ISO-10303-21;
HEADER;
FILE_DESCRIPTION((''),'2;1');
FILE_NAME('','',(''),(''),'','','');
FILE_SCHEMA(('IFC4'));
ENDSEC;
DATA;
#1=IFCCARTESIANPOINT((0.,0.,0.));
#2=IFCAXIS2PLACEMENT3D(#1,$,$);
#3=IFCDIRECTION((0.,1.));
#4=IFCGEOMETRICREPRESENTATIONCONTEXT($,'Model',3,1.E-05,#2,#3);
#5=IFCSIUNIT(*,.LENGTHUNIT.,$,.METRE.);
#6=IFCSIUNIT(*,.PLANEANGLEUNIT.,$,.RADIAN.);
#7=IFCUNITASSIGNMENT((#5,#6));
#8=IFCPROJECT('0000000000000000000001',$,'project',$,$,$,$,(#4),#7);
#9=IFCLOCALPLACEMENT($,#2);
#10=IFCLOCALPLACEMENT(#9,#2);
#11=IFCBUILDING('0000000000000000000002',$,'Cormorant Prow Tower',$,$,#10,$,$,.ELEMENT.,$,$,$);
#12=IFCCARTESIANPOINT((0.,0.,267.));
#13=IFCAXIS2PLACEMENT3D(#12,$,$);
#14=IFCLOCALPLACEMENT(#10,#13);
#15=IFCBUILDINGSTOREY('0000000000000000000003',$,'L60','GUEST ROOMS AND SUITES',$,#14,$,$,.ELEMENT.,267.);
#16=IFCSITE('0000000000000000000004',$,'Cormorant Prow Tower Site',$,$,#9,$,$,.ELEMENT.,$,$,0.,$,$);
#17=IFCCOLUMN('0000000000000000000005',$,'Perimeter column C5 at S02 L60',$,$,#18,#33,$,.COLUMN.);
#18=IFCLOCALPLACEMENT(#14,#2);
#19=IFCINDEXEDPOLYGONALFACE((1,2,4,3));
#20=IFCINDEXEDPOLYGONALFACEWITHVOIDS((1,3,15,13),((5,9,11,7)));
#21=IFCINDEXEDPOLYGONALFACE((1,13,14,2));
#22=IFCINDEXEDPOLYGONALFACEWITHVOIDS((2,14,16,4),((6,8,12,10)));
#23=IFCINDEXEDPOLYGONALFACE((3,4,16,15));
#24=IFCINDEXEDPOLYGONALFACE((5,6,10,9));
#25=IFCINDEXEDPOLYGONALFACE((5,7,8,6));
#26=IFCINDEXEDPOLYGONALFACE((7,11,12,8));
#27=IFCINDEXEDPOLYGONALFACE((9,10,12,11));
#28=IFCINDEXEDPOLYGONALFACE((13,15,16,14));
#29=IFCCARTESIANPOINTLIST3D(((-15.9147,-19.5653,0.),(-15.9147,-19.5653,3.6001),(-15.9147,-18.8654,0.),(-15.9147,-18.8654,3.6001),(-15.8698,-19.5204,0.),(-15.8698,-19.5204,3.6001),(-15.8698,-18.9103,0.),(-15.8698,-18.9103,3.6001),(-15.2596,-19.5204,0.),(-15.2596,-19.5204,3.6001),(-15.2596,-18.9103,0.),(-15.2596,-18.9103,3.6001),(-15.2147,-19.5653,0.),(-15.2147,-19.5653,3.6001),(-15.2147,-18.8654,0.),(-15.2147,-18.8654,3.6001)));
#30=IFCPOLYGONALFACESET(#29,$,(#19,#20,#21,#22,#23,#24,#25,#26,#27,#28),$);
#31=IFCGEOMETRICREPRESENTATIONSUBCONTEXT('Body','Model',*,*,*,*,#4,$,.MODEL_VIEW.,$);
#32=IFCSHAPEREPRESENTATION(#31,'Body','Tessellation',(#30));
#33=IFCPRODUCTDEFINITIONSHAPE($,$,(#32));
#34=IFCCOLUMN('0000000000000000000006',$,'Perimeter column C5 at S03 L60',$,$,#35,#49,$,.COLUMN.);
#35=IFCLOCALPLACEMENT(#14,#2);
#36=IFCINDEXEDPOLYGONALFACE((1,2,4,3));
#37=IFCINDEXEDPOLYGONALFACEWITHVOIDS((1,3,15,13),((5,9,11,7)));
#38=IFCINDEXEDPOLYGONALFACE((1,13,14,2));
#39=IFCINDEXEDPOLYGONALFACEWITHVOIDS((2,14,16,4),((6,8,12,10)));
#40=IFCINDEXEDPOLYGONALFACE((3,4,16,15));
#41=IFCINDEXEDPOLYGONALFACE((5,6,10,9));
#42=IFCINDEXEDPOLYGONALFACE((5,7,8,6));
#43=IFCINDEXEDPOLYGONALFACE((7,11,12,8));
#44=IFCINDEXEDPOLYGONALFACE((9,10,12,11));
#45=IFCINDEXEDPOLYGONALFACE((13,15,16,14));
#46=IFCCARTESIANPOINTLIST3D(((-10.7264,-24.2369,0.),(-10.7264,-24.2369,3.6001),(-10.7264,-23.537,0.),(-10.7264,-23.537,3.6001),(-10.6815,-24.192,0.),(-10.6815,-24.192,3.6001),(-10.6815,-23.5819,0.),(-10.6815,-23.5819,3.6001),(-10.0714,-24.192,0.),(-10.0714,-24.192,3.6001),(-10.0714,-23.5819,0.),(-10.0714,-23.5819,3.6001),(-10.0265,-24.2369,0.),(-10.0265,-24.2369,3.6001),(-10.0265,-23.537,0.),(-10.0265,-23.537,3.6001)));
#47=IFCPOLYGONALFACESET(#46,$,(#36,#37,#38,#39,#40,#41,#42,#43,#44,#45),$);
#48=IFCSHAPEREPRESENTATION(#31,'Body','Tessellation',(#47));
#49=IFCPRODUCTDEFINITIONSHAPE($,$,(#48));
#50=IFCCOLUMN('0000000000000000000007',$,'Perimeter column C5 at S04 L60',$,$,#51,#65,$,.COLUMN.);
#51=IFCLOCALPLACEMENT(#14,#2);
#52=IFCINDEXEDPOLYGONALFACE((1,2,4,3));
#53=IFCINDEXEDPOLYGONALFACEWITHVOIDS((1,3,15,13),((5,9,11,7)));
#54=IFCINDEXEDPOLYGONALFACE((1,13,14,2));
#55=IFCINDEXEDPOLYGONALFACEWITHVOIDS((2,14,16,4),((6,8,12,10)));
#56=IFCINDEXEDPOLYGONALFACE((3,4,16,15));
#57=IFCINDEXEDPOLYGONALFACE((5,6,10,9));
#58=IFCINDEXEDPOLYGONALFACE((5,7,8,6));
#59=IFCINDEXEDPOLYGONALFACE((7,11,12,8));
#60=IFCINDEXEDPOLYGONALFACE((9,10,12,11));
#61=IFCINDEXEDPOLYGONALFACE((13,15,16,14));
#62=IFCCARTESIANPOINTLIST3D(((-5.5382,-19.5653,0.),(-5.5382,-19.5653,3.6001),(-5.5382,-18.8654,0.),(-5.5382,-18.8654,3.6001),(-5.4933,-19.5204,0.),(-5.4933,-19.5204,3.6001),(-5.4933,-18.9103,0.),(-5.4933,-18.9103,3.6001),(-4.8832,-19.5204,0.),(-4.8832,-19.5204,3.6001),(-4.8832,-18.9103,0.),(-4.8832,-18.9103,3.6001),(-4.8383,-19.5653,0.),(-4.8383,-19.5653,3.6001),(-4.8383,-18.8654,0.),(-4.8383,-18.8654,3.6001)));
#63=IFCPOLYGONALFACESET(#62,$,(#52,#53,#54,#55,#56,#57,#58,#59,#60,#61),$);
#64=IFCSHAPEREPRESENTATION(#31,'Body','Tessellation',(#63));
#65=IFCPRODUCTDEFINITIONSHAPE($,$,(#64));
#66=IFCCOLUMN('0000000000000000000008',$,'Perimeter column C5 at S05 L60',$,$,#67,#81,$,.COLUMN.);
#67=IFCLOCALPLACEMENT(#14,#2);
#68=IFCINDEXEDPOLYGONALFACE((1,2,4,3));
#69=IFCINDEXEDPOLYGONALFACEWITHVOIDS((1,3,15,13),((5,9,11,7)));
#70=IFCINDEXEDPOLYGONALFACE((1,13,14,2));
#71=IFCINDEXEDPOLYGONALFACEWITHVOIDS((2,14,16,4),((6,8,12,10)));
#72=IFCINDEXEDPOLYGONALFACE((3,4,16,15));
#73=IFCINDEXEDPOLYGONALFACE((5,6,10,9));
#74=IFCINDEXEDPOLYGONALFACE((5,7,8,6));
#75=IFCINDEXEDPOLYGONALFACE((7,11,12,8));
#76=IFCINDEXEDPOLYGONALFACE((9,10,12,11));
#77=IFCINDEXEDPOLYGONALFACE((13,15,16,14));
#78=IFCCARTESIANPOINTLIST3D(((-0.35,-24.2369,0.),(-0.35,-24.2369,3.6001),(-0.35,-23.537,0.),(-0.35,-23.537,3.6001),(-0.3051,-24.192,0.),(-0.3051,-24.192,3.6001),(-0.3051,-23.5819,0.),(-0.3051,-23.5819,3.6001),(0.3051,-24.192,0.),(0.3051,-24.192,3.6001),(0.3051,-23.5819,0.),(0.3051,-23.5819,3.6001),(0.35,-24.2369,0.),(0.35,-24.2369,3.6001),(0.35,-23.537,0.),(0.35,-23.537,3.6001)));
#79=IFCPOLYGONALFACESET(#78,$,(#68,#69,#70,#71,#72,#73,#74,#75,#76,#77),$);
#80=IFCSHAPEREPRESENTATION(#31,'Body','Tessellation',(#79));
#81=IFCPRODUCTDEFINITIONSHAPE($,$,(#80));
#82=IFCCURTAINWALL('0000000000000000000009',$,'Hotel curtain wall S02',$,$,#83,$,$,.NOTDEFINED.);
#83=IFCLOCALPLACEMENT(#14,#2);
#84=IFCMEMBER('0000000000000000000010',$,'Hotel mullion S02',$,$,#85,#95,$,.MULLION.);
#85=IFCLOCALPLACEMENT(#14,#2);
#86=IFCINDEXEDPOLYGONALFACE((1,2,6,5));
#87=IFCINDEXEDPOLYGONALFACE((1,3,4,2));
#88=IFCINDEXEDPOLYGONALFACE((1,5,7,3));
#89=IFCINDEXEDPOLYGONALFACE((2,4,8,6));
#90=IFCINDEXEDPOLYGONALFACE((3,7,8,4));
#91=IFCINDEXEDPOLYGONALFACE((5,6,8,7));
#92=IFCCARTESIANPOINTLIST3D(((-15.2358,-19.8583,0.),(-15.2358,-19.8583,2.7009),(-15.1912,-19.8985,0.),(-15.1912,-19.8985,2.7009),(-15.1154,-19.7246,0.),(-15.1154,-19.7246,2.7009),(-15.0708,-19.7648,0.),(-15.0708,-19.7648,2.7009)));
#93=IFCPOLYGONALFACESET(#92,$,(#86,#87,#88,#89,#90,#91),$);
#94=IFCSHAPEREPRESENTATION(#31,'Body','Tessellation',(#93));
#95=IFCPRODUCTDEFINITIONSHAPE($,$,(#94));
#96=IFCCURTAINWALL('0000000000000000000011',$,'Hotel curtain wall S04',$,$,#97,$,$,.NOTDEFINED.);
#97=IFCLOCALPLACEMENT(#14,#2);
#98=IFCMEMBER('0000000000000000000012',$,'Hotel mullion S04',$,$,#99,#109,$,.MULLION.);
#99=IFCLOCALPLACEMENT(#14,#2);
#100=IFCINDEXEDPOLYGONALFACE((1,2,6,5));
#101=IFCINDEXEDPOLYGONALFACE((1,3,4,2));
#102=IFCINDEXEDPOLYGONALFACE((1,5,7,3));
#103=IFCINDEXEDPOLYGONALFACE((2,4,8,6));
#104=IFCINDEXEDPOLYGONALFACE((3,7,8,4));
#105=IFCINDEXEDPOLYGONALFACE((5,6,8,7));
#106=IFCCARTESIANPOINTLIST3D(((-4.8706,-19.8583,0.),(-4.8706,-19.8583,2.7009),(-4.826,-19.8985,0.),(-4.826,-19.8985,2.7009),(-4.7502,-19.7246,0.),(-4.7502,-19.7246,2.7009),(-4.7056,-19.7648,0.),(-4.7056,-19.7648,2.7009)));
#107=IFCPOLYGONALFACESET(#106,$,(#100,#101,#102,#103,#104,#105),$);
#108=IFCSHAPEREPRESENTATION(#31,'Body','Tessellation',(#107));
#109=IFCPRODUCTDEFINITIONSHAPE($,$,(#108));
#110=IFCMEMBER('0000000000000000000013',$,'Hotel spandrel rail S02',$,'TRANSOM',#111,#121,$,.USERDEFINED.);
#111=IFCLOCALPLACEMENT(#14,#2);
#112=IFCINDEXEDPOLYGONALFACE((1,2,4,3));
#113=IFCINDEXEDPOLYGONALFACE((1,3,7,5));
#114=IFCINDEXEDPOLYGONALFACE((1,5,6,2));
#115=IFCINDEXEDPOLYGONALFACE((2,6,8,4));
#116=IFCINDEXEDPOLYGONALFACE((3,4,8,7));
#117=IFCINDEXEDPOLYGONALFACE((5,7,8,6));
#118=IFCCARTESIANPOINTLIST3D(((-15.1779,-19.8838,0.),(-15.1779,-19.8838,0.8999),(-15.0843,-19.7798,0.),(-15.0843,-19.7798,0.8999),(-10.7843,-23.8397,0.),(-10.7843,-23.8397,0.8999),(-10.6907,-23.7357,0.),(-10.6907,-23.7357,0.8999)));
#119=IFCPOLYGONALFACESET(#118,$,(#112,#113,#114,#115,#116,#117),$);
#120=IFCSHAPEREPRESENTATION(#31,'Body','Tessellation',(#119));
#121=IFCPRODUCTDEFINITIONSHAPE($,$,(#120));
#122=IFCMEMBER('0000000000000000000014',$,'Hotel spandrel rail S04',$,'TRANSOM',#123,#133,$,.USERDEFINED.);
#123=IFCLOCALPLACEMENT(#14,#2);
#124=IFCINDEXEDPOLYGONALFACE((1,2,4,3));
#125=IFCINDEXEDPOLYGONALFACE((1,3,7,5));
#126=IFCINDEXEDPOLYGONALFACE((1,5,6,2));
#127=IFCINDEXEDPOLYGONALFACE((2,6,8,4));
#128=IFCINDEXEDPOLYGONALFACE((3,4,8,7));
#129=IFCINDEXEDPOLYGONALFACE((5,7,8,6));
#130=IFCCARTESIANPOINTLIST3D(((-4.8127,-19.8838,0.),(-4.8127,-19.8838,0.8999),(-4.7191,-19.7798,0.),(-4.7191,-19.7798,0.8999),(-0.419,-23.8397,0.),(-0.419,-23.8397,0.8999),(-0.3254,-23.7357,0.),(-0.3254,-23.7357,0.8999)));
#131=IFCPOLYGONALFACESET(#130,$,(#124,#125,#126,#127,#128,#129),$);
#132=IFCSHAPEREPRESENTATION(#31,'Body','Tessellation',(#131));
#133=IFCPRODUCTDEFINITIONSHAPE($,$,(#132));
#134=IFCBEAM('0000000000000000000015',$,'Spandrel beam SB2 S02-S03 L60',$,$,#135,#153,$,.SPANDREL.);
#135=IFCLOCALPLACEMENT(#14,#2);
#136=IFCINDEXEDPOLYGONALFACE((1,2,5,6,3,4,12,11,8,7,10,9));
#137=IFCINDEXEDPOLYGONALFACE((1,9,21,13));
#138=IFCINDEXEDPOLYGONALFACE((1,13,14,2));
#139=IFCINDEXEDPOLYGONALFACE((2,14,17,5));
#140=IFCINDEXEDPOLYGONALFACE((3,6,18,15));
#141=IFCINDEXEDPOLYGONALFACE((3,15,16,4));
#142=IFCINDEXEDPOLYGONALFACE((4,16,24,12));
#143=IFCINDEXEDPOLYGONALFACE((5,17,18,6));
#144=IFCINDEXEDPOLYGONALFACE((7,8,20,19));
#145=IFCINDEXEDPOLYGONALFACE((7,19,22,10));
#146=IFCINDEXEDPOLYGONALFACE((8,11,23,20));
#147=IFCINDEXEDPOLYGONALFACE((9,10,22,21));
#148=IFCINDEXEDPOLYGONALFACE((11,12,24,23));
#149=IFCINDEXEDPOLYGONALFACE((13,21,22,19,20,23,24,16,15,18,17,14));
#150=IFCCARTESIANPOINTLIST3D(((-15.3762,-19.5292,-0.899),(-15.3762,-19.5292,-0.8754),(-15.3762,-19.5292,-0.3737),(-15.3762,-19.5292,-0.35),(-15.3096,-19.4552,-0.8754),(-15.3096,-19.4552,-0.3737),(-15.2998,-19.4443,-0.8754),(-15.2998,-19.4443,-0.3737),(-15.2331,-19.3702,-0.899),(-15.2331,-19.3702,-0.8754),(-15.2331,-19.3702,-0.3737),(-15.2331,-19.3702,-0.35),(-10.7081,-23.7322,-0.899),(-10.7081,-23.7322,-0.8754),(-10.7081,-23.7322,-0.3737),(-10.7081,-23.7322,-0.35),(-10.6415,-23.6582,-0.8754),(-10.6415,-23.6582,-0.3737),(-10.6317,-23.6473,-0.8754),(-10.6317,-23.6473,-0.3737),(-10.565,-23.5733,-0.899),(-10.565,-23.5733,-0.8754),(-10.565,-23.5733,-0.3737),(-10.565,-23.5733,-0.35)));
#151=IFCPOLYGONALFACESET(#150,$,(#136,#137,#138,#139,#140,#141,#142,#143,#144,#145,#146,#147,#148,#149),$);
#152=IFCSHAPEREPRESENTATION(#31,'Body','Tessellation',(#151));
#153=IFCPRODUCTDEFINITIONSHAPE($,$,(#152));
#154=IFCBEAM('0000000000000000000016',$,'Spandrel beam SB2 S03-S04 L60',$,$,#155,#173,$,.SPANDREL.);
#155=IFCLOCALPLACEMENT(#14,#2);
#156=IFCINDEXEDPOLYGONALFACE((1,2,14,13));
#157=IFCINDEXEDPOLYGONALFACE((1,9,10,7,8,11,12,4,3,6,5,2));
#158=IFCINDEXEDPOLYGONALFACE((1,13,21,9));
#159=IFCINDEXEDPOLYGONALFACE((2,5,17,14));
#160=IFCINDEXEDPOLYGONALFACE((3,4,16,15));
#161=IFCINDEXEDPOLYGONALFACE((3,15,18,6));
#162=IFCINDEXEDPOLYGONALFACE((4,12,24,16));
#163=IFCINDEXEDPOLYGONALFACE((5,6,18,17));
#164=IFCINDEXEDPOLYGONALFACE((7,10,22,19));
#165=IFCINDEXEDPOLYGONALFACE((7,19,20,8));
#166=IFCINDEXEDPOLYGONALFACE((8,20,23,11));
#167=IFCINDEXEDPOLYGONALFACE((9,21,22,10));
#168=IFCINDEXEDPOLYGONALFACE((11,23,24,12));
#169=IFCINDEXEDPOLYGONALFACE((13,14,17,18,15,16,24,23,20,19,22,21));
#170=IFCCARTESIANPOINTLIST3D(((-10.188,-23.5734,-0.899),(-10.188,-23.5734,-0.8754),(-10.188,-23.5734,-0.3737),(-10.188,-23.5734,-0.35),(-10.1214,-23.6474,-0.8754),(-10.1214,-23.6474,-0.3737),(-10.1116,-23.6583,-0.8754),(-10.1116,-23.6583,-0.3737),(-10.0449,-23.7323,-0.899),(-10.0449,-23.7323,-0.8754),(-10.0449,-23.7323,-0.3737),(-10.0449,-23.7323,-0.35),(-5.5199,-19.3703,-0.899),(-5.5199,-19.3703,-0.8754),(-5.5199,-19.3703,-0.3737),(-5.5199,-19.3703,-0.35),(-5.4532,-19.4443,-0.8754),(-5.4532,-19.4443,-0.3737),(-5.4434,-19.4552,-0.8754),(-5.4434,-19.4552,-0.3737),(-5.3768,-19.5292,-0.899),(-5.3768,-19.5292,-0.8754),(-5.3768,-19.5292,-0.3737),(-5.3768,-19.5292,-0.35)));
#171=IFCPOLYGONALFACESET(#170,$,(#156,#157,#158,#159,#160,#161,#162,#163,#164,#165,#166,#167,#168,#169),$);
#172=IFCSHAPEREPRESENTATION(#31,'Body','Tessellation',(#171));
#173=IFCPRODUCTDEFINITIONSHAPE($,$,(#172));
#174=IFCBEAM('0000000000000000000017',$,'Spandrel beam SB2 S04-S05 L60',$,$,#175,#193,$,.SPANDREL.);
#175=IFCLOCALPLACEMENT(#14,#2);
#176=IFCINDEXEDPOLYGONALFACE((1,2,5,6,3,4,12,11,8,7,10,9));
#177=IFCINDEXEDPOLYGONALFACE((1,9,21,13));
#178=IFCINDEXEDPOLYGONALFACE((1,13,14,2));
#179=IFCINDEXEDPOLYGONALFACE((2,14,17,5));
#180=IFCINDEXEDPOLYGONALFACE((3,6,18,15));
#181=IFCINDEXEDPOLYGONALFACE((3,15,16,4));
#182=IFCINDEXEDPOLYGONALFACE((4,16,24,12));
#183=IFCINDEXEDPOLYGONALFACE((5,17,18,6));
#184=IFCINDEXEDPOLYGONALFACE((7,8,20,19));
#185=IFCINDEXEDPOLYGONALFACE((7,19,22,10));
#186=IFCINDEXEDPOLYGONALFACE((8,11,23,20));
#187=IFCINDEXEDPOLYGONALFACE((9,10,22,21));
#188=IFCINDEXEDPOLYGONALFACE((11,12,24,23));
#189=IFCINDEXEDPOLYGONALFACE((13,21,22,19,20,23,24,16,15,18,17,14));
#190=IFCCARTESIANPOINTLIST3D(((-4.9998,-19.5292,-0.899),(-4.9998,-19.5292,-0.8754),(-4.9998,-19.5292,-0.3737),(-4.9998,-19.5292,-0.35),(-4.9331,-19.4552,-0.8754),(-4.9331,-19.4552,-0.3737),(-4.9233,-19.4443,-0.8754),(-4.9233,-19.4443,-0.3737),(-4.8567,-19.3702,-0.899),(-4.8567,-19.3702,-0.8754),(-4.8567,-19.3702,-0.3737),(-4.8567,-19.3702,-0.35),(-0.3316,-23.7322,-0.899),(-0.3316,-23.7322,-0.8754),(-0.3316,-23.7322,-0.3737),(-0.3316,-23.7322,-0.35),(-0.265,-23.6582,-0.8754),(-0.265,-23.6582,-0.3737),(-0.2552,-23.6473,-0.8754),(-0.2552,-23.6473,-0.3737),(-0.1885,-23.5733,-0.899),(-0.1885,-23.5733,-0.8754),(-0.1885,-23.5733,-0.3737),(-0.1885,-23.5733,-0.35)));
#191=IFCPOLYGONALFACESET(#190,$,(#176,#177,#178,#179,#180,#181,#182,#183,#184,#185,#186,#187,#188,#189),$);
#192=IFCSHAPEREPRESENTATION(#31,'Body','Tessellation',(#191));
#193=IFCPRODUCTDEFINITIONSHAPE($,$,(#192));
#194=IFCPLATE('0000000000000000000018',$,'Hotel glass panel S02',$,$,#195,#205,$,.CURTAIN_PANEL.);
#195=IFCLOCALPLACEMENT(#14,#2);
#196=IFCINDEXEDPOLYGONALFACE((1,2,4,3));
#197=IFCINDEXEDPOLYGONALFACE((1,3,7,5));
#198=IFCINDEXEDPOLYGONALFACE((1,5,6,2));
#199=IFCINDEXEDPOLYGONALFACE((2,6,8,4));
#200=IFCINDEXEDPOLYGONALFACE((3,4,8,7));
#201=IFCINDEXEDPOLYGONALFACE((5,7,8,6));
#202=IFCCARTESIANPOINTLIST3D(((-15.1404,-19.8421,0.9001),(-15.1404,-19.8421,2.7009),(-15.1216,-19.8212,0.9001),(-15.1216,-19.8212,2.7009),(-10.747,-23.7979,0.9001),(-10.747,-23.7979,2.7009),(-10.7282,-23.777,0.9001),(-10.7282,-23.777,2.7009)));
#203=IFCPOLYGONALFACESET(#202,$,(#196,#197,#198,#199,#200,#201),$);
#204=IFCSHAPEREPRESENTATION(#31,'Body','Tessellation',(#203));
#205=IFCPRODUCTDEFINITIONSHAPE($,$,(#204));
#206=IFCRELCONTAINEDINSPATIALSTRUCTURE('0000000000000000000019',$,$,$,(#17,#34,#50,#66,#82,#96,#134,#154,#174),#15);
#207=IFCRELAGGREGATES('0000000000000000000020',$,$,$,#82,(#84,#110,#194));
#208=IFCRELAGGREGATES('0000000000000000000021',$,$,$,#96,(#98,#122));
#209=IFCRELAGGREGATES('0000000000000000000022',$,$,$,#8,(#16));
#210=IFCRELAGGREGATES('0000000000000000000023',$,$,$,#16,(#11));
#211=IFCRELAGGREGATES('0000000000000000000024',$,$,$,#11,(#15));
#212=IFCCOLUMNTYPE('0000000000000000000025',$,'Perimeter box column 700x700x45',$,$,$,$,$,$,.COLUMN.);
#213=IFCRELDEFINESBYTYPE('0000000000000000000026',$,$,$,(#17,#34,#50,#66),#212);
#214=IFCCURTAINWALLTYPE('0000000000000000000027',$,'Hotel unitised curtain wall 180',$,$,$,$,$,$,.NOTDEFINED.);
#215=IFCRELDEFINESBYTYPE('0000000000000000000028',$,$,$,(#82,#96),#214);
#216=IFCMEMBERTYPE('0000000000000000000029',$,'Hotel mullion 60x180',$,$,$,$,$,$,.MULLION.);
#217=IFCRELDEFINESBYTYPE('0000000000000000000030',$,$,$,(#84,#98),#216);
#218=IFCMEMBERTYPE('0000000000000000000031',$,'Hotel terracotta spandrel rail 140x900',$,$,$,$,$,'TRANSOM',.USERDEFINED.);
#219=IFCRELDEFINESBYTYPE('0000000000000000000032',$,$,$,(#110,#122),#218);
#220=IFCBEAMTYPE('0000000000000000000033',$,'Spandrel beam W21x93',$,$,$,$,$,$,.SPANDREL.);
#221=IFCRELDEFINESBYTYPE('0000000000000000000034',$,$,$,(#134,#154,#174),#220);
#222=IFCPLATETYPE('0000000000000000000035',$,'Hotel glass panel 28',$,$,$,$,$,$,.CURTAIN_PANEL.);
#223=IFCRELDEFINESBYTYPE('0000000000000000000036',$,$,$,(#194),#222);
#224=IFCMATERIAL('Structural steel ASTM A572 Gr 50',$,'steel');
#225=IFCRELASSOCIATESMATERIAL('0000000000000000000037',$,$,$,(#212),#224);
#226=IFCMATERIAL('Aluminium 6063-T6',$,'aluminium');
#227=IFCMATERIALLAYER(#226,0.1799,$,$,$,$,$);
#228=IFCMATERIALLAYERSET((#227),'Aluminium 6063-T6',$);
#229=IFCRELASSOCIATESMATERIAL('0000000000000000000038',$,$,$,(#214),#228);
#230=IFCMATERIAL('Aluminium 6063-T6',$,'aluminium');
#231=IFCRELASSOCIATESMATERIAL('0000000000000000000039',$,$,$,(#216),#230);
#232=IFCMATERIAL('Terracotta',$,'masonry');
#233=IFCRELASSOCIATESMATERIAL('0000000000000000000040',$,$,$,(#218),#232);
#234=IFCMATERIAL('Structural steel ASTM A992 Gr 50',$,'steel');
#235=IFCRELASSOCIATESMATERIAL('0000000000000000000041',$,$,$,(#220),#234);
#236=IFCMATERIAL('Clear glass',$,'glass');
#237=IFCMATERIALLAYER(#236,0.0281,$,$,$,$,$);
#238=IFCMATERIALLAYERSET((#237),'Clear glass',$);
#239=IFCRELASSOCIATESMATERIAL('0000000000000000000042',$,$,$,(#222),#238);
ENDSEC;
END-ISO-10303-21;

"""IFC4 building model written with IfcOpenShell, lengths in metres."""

from ifc_helpers import new_model, si_unit, direction, frame, origin, origin_2d, place, context, subcontext, project, spatial, rectangle, hollow_rectangle, i_section, extrude, material, layer, layer_set, material_profile, profile_set, type_object, element, aggregate, save


model = new_model("IFC4")

# Units and contexts
model_context = context("Model", 3, precision=1e-05, world=origin(), true_north=direction((0.0, 1.0)))
body_context = subcontext(model_context, "Body", "Model", "MODEL_VIEW")
ifc_project = project(units=[si_unit("LENGTHUNIT", "METRE"), si_unit("PLANEANGLEUNIT", "RADIAN")], contexts=[model_context])

# Site, building, storey
site_placement = place(None, origin())
site = spatial("IfcSite", under=ifc_project, at=site_placement, Name="Cormorant Prow Tower Site", CompositionType="ELEMENT", RefElevation=0.0)
building_placement = place(site_placement, origin())
building = spatial("IfcBuilding", under=site, at=building_placement, Name="Cormorant Prow Tower", CompositionType="ELEMENT")
storey_placement = place(building_placement, frame((0.0, 0.0, 267.0)))
storey = spatial("IfcBuildingStorey", under=building, at=storey_placement, Name="L60", Description="GUEST ROOMS AND SUITES", CompositionType="ELEMENT", Elevation=267.0)

# Columns
ifc_material_1 = material(Name="Structural steel ASTM A572 Gr 50", Category="steel")
ifc_material_profile_1 = material_profile(ifc_material_1, hollow_rectangle(XDim=0.7, YDim=0.7, WallThickness=0.0449, at=origin_2d()), Name="Box 700x700x45")
ifc_profile_set_1 = profile_set([ifc_material_profile_1], Name="Structural steel ASTM A572 Gr 50")
column_type = type_object("IfcColumnType", Name="Perimeter box column 700x700x45", PredefinedType="COLUMN", material=ifc_profile_set_1)
for number, where, z_axis, x_axis, name in (
    (1, (-15.5647, -19.2153, 0.0), (0.0, 0.0, 1.0), (1.0, 0.0, 0.0), "Perimeter column C5 at S02 L60"),
    (2, (-10.3765, -23.887, 0.0), (0.0, 0.0, 1.0), (1.0, 0.0, 0.0), "Perimeter column C5 at S03 L60"),
    (3, (-5.1882, -19.2153, 0.0), (0.0, 0.0, 1.0), (1.0, 0.0, 0.0), "Perimeter column C5 at S04 L60"),
    (4, (0.0, -23.887, 0.0), (0.0, 0.0, 1.0), (1.0, 0.0, 0.0), "Perimeter column C5 at S05 L60"),
):
    element("IfcColumn", number, at=place(storey_placement, frame(where, z_axis=z_axis, x_axis=x_axis)), inside=storey, type_object=column_type, Name=name, PredefinedType="COLUMN", context=body_context, shape_type="SweptSolid", body=[
        extrude(hollow_rectangle(XDim=0.7, YDim=0.7, WallThickness=0.0449, at=origin_2d()), origin(), (0.0, 0.0, 1.0), 3.6001),
    ])

# Curtain walls, members
ifc_material_2 = material(Name="Aluminium 6063-T6", Category="aluminium")
ifc_layer_1 = layer(ifc_material_2, 0.1799)
ifc_layer_set_1 = layer_set([ifc_layer_1], Name="Aluminium 6063-T6")
curtain_wall_type = type_object("IfcCurtainWallType", Name="Hotel unitised curtain wall 180", PredefinedType="NOTDEFINED", material=ifc_layer_set_1)
curtain_wall_1_placement = place(storey_placement, origin())
curtain_wall_1 = element("IfcCurtainWall", 5, at=curtain_wall_1_placement, inside=storey, type_object=curtain_wall_type, Name="Hotel curtain wall S02", PredefinedType="NOTDEFINED")
ifc_material_3 = material(Name="Aluminium 6063-T6", Category="aluminium")
ifc_material_profile_2 = material_profile(ifc_material_3, rectangle(XDim=0.1799, YDim=0.0601, at=origin_2d()), Name="Hotel mullion 60x180")
ifc_profile_set_2 = profile_set([ifc_material_profile_2], Name="Aluminium 6063-T6")
member_type_1 = type_object("IfcMemberType", Name="Hotel mullion 60x180", PredefinedType="MULLION", material=ifc_profile_set_2)
member_1_placement = place(storey_placement, frame((-15.1533, -19.8115, 0.0), z_axis=(0.0, 0.0, 1.0), x_axis=(0.669131, 0.743145, 0.0)))
member_1 = element("IfcMember", 6, at=member_1_placement, type_object=member_type_1, Name="Hotel mullion S02", PredefinedType="MULLION", context=body_context, shape_type="SweptSolid", body=[
    extrude(rectangle(XDim=0.1799, YDim=0.0601, at=origin_2d()), origin(), (0.0, 0.0, 1.0), 2.7009),
])
curtain_wall_2_placement = place(storey_placement, origin())
curtain_wall_2 = element("IfcCurtainWall", 7, at=curtain_wall_2_placement, inside=storey, type_object=curtain_wall_type, Name="Hotel curtain wall S04", PredefinedType="NOTDEFINED")
member_2_placement = place(storey_placement, frame((-4.7881, -19.8115, 0.0), z_axis=(0.0, 0.0, 1.0), x_axis=(0.669131, 0.743145, 0.0)))
member_2 = element("IfcMember", 8, at=member_2_placement, type_object=member_type_1, Name="Hotel mullion S04", PredefinedType="MULLION", context=body_context, shape_type="SweptSolid", body=[
    extrude(rectangle(XDim=0.1799, YDim=0.0601, at=origin_2d()), origin(), (0.0, 0.0, 1.0), 2.7009),
])

# Members
ifc_material_4 = material(Name="Terracotta", Category="masonry")
ifc_material_profile_3 = material_profile(ifc_material_4, rectangle(XDim=0.1399, YDim=0.8999, at=origin_2d()), Name="Hotel terracotta spandrel rail 140x900")
ifc_profile_set_3 = profile_set([ifc_material_profile_3], Name="Terracotta")
member_type_2 = type_object("IfcMemberType", Name="Hotel terracotta spandrel rail 140x900", ElementType="TRANSOM", PredefinedType="USERDEFINED", material=ifc_profile_set_3)
member_3_placement = place(storey_placement, frame((-15.1311, -19.8318, 0.45), z_axis=(0.743159, -0.669115, 0.0), x_axis=(0.669115, 0.743159, 0.0)))
member_3 = element("IfcMember", 9, at=member_3_placement, type_object=member_type_2, Name="Hotel spandrel rail S02", ObjectType="TRANSOM", PredefinedType="USERDEFINED", context=body_context, shape_type="SweptSolid", body=[
    extrude(rectangle(XDim=0.1399, YDim=0.8999, at=origin_2d()), origin(), (0.0, 0.0, 1.0), 5.9121),
])
member_4_placement = place(storey_placement, frame((-4.7659, -19.8318, 0.45), z_axis=(0.743159, -0.669115, 0.0), x_axis=(0.669115, 0.743159, 0.0)))
member_4 = element("IfcMember", 10, at=member_4_placement, type_object=member_type_2, Name="Hotel spandrel rail S04", ObjectType="TRANSOM", PredefinedType="USERDEFINED", context=body_context, shape_type="SweptSolid", body=[
    extrude(rectangle(XDim=0.1399, YDim=0.8999, at=origin_2d()), origin(), (0.0, 0.0, 1.0), 5.9121),
])

# Beams
ifc_material_5 = material(Name="Structural steel ASTM A992 Gr 50", Category="steel")
ifc_material_profile_4 = material_profile(ifc_material_5, i_section(OverallWidth=0.2139, OverallDepth=0.5491, WebThickness=0.0146, FlangeThickness=0.0237, at=origin_2d()), Name="W21x93")
ifc_profile_set_4 = profile_set([ifc_material_profile_4], Name="Structural steel ASTM A992 Gr 50")
beam_type = type_object("IfcBeamType", Name="Spandrel beam W21x93", PredefinedType="SPANDREL", material=ifc_profile_set_4)
for number, where, z_axis, x_axis, name in (
    (11, (-15.3047, -19.4497, -0.6245), (0.743157, -0.669117, 0.0), (0.669117, 0.743157, 0.0), "Spandrel beam SB2 S02-S03 L60"),
    (12, (-10.1165, -23.6528, -0.6245), (0.743157, 0.669117, 0.0), (-0.669117, 0.743157, 0.0), "Spandrel beam SB2 S03-S04 L60"),
    (13, (-4.9282, -19.4497, -0.6245), (0.743157, -0.669117, 0.0), (0.669117, 0.743157, 0.0), "Spandrel beam SB2 S04-S05 L60"),
):
    element("IfcBeam", number, at=place(storey_placement, frame(where, z_axis=z_axis, x_axis=x_axis)), inside=storey, type_object=beam_type, Name=name, PredefinedType="SPANDREL", context=body_context, shape_type="SweptSolid", body=[
        extrude(i_section(OverallWidth=0.2139, OverallDepth=0.5491, WebThickness=0.0146, FlangeThickness=0.0237, at=origin_2d()), origin(), (0.0, 0.0, 1.0), 6.2815),
    ])

# Plate
ifc_material_6 = material(Name="Clear glass", Category="glass")
ifc_layer_2 = layer(ifc_material_6, 0.0281)
ifc_layer_set_2 = layer_set([ifc_layer_2], Name="Clear glass")
plate_type = type_object("IfcPlateType", Name="Hotel glass panel 28", PredefinedType="CURTAIN_PANEL", material=ifc_layer_set_2)
plate_1_placement = place(storey_placement, frame((-12.9343, -21.8096, 0.9001), z_axis=(0.0, 0.0, 1.0), x_axis=(0.743145, -0.669131, 0.0)))
plate_1 = element("IfcPlate", 14, at=plate_1_placement, type_object=plate_type, Name="Hotel glass panel S02", PredefinedType="CURTAIN_PANEL", context=body_context, shape_type="SweptSolid", body=[
    extrude(rectangle(XDim=5.9119, YDim=0.0281, at=origin_2d()), origin(), (0.0, 0.0, 1.0), 1.8008),
])
aggregate(curtain_wall_1, [member_1, member_3, plate_1])
aggregate(curtain_wall_2, [member_2, member_4])

save(model, "model.ifc")
